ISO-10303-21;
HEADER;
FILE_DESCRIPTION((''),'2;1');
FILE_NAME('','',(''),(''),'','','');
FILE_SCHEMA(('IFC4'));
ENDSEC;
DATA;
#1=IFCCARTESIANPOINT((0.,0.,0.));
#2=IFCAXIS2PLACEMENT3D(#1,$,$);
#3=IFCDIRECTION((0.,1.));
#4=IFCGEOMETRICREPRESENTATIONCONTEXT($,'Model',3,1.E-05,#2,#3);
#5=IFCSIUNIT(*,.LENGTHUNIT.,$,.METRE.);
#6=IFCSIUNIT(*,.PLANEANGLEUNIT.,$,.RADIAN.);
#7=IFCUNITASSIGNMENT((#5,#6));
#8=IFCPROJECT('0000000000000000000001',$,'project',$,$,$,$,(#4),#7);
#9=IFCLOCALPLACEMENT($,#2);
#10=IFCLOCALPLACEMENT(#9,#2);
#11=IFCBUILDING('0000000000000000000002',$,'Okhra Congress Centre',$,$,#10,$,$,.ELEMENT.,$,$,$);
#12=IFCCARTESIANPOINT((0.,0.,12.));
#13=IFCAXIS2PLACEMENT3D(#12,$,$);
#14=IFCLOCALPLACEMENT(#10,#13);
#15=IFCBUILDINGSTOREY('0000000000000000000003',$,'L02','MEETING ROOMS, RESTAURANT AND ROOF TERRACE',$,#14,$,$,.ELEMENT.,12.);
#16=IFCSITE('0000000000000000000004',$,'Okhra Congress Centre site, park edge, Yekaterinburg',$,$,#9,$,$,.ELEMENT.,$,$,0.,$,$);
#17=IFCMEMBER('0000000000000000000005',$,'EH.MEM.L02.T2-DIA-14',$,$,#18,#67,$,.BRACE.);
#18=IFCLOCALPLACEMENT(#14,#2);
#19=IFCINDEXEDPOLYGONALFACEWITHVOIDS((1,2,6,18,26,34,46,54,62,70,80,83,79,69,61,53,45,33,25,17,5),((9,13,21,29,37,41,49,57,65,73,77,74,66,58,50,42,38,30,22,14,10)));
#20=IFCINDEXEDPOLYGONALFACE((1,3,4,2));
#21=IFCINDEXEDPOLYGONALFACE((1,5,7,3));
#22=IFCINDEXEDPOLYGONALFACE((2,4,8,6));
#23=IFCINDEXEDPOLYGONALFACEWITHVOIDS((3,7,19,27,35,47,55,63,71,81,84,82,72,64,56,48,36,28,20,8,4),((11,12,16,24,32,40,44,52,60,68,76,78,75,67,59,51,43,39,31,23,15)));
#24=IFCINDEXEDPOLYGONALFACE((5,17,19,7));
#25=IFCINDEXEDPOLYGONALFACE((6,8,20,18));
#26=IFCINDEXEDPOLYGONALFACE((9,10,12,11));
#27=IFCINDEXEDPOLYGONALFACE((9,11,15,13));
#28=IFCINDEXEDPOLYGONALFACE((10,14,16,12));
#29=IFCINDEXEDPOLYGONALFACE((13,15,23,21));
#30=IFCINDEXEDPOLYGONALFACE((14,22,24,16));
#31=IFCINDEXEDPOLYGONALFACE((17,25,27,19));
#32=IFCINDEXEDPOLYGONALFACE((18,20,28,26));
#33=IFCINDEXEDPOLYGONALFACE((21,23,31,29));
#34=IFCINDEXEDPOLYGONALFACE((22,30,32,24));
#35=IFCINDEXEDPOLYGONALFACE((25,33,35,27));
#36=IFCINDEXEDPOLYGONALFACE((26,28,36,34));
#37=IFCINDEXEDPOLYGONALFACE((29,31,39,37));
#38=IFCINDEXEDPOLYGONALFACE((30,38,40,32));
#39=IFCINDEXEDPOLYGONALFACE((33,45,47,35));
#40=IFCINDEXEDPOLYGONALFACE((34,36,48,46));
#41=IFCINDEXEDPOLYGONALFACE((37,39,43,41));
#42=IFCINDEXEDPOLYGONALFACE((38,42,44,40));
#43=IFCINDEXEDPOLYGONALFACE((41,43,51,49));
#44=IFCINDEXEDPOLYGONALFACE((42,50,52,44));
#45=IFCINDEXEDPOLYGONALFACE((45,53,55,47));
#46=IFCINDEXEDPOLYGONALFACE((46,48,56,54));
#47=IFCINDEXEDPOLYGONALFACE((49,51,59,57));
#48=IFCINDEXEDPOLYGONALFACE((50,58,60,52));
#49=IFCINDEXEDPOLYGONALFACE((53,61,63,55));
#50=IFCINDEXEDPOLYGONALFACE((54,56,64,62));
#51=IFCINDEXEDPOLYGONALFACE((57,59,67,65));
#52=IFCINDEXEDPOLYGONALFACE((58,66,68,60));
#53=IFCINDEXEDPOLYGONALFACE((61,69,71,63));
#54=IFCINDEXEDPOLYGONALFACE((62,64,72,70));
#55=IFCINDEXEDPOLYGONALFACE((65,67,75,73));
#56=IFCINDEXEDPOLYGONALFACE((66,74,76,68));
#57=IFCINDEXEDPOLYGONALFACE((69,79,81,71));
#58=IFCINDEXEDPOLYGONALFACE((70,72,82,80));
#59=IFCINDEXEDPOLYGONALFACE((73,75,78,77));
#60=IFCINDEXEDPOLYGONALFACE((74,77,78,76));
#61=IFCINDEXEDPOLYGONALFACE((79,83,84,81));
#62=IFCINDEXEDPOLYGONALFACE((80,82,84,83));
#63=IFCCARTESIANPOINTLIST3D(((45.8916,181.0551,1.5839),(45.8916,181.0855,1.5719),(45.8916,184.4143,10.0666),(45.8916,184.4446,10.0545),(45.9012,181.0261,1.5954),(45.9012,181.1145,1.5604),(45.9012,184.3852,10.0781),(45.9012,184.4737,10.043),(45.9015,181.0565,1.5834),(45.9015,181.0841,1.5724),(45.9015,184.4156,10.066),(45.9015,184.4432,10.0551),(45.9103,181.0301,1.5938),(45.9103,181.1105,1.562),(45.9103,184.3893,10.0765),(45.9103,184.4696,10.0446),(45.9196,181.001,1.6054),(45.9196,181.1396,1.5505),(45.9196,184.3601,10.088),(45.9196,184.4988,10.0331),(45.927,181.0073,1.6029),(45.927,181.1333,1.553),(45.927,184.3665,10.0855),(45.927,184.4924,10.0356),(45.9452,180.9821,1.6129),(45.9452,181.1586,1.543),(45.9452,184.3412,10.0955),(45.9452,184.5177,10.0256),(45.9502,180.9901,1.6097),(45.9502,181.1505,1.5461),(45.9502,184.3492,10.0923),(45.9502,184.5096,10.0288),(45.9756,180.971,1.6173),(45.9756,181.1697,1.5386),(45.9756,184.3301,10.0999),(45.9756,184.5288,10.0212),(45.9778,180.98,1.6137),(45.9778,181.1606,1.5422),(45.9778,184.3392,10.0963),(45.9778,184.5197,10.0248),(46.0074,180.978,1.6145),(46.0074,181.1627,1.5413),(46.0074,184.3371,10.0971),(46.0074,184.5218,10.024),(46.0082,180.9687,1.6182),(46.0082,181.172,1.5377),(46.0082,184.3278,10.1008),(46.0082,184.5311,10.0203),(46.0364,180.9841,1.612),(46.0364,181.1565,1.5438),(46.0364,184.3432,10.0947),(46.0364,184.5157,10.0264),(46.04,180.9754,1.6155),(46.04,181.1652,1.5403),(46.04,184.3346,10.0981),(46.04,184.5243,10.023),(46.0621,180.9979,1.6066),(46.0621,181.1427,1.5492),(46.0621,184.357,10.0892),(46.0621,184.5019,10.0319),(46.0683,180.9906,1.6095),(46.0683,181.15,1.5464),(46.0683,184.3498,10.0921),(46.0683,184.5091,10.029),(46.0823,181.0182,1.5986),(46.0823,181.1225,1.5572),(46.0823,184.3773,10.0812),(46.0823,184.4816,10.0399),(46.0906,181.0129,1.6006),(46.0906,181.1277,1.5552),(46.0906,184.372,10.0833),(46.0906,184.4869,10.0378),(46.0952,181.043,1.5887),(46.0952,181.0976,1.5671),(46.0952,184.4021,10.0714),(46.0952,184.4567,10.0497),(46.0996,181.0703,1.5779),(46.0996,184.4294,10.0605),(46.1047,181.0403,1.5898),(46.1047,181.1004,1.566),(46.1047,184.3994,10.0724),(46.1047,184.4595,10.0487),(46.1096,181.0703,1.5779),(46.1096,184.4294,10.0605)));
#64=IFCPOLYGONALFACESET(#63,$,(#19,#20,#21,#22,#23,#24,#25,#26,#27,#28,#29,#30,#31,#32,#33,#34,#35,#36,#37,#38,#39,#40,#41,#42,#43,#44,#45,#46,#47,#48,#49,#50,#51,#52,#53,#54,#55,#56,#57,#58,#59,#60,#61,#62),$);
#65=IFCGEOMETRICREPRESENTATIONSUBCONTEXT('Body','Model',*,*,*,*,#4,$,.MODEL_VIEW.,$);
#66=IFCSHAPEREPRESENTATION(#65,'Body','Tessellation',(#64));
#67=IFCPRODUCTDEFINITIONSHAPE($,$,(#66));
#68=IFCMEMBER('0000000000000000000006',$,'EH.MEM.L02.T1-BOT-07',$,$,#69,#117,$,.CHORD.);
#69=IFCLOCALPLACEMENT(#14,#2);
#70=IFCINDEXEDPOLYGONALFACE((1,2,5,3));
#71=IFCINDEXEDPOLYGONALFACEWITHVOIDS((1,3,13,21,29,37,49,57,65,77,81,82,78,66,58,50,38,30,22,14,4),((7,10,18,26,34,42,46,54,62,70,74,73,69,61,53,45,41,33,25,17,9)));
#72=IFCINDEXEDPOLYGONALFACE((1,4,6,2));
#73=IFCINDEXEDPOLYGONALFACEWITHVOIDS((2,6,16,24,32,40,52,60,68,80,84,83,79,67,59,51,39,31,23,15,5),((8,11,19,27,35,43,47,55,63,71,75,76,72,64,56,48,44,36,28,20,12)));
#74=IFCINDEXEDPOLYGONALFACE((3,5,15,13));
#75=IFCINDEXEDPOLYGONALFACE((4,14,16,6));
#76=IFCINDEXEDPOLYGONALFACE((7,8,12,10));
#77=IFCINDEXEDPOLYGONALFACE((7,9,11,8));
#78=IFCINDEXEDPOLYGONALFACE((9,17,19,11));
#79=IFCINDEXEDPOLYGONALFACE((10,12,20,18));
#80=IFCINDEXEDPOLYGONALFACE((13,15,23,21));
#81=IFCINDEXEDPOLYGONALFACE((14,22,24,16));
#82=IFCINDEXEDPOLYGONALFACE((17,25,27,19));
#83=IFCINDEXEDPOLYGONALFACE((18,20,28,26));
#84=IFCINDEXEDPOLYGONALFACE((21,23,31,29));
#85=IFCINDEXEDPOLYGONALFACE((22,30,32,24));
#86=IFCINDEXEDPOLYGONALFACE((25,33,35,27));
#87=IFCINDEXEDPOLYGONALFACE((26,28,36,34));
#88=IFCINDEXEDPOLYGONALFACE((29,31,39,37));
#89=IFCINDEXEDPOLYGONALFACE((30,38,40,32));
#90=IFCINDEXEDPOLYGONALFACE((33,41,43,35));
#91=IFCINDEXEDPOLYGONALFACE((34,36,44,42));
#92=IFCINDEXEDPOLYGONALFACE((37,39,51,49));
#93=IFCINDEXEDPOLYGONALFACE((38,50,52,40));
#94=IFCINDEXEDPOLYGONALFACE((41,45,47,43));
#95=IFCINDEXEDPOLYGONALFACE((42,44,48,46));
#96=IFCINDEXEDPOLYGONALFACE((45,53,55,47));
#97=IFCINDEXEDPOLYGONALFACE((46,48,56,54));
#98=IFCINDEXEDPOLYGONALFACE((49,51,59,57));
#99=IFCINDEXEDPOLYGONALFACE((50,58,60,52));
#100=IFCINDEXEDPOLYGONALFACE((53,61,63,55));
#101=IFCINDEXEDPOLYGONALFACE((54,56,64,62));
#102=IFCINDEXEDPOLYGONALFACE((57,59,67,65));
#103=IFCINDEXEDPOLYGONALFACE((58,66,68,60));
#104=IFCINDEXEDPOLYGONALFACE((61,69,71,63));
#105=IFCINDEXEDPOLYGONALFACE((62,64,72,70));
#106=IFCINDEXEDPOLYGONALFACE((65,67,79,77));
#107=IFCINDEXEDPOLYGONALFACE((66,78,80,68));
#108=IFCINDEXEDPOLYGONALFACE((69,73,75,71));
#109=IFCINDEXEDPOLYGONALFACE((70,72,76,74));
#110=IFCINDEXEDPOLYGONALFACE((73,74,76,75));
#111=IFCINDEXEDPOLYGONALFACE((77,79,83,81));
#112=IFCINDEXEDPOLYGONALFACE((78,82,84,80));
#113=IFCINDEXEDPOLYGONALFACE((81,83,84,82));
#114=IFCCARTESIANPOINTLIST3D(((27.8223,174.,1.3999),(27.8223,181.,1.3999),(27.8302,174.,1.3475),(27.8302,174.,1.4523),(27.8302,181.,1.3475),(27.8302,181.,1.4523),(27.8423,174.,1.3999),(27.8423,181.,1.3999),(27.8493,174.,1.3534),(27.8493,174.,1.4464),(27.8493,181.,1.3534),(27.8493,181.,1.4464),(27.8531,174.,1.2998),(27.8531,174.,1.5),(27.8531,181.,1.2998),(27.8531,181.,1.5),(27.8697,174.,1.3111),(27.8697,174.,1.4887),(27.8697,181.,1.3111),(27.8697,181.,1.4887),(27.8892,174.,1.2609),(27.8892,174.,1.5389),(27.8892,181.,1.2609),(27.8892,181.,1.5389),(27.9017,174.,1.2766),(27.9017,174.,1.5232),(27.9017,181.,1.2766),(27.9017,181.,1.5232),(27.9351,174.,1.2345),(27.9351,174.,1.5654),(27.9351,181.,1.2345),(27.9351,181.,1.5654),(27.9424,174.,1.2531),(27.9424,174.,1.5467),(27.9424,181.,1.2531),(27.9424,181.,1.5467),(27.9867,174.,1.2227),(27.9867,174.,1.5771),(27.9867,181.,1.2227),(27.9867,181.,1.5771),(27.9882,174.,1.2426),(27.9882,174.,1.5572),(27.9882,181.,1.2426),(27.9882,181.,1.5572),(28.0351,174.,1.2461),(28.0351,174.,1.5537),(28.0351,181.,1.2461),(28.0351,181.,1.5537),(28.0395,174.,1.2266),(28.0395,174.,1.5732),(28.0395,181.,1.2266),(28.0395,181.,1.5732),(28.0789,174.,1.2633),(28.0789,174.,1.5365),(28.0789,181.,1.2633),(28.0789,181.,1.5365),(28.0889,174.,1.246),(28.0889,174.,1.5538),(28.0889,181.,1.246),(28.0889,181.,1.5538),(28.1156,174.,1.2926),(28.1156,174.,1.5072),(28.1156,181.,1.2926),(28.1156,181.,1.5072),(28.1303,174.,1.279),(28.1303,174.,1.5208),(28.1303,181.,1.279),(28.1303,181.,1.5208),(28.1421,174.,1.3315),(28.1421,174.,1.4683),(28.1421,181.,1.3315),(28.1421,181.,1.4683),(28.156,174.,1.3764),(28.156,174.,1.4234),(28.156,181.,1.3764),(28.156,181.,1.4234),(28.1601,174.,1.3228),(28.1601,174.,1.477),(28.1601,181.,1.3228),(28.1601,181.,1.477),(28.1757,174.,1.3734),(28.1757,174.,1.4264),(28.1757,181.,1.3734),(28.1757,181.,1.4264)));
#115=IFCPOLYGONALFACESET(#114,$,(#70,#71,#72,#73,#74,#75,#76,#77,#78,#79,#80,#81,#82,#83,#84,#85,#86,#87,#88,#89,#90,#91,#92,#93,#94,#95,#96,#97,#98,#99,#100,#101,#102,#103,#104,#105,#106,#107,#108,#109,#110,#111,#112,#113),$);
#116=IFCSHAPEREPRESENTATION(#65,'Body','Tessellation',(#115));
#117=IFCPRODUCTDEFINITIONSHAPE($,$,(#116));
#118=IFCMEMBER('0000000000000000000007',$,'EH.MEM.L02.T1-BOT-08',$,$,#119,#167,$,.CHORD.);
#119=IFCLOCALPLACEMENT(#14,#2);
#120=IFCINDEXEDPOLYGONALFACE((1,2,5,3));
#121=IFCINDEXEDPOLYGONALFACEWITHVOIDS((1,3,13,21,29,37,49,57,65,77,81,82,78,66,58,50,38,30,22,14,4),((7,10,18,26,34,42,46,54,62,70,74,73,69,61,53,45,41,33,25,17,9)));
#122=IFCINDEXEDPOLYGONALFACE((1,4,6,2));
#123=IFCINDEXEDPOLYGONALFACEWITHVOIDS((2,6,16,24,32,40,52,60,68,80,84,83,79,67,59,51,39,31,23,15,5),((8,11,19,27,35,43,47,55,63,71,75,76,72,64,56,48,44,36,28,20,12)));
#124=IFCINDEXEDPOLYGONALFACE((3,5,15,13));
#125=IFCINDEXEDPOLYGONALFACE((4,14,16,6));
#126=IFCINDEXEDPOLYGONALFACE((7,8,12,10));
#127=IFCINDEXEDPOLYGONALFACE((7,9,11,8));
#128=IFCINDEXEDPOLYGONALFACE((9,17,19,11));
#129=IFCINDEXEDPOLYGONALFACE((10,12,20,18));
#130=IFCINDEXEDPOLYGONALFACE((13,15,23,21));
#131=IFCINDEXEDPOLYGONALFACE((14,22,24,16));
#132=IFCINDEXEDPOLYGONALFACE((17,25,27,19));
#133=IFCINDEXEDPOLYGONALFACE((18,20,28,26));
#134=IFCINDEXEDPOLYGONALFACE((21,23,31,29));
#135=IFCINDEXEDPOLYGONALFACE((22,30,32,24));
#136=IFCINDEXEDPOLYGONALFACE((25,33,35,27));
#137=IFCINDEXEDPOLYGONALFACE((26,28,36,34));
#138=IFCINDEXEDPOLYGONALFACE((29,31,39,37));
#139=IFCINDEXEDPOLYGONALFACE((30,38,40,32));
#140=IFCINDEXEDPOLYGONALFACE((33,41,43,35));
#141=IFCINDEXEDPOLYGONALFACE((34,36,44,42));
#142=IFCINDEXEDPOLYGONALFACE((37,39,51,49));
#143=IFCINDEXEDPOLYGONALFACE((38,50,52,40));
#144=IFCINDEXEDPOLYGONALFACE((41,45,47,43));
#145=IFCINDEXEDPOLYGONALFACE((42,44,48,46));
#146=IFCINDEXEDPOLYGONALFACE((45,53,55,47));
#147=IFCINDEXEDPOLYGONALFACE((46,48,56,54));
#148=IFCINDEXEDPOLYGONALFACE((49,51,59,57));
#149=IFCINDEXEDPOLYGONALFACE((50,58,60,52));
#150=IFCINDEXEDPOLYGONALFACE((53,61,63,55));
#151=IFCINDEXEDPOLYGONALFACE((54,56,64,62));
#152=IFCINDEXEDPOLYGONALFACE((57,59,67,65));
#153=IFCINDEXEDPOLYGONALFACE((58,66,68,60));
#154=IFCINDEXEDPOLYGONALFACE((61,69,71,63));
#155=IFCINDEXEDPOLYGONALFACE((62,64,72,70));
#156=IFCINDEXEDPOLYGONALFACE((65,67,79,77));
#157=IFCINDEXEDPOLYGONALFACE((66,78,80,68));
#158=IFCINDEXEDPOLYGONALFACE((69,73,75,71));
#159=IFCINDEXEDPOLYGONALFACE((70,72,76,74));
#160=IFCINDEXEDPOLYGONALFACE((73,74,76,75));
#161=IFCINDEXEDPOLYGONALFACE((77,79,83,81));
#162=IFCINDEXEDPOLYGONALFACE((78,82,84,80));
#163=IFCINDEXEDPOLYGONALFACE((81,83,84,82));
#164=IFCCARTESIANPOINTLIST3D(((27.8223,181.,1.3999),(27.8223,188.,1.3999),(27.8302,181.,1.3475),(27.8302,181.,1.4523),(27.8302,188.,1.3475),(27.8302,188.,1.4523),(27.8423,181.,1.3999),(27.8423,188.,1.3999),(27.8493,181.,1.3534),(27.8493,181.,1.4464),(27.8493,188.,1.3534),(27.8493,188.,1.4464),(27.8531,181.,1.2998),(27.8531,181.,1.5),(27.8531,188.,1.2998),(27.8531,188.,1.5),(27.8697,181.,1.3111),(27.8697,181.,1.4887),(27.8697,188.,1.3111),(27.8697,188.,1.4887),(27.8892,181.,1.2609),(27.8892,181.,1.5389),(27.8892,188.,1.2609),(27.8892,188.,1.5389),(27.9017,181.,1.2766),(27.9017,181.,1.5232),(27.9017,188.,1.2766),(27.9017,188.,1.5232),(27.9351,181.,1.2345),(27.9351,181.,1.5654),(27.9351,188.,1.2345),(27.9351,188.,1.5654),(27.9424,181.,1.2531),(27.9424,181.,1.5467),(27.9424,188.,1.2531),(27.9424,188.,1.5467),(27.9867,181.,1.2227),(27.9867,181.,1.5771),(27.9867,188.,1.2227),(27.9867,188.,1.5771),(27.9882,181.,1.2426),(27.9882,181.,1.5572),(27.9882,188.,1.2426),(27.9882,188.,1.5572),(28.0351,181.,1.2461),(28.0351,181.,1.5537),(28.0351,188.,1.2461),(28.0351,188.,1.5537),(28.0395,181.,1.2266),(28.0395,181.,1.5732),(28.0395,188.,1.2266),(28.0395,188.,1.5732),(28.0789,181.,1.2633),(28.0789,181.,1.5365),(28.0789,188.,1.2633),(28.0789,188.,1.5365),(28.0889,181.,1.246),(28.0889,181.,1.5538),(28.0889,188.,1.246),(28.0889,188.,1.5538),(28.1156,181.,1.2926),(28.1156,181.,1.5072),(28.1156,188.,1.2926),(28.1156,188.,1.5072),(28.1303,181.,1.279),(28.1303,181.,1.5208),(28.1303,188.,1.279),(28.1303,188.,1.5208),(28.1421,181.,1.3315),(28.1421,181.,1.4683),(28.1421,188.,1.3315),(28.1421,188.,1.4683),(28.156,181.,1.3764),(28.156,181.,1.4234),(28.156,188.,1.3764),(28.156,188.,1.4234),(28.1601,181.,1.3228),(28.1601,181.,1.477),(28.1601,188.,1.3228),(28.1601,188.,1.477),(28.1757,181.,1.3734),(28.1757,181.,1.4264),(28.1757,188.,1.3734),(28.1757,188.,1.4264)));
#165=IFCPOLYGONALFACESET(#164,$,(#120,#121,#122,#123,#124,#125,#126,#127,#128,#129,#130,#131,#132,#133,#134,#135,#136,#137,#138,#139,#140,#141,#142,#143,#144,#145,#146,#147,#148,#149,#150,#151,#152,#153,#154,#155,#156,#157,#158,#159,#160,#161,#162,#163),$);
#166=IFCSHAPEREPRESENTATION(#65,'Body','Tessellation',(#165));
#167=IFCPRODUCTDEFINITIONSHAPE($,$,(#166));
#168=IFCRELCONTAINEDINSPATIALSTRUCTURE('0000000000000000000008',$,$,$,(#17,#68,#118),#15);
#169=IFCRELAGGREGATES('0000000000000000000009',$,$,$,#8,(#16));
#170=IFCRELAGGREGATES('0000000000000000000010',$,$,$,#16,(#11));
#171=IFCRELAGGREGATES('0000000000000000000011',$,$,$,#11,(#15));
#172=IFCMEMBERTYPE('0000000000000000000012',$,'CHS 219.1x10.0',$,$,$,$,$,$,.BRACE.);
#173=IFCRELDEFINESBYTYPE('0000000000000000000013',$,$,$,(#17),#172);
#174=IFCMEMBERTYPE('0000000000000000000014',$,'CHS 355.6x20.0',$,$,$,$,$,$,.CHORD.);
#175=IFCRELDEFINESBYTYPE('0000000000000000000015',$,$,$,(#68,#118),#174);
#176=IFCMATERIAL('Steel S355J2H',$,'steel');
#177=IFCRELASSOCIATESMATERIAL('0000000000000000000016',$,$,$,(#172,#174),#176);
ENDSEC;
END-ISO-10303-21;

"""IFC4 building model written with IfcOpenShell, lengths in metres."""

from ifc_helpers import new_model, si_unit, direction, frame, origin, origin_2d, place, context, subcontext, project, spatial, hollow_circle, extrude, material, material_profile, profile_set, type_object, element, save


model = new_model("IFC4")

# Units and contexts
model_context = context("Model", 3, precision=1e-05, world=origin(), true_north=direction((0.0, 1.0)))
body_context = subcontext(model_context, "Body", "Model", "MODEL_VIEW")
ifc_project = project(units=[si_unit("LENGTHUNIT", "METRE"), si_unit("PLANEANGLEUNIT", "RADIAN")], contexts=[model_context])

# Site, building, storey
site_placement = place(None, origin())
site = spatial("IfcSite", under=ifc_project, at=site_placement, Name="Okhra Congress Centre site, park edge, Yekaterinburg", CompositionType="ELEMENT", RefElevation=0.0)
building_placement = place(site_placement, origin())
building = spatial("IfcBuilding", under=site, at=building_placement, Name="Okhra Congress Centre", CompositionType="ELEMENT")
storey_placement = place(building_placement, frame((0.0, 0.0, 12.0)))
storey = spatial("IfcBuildingStorey", under=building, at=storey_placement, Name="L02", Description="MEETING ROOMS, RESTAURANT AND ROOF TERRACE", CompositionType="ELEMENT", Elevation=12.0)

# Members
ifc_material_1 = material(Name="Steel S355J2H", Category="steel")
ifc_material_profile_1 = material_profile(ifc_material_1, hollow_circle(Radius=0.1096, WallThickness=0.01, at=origin_2d()), Name="CHS 219.1x10.0")
ifc_profile_set_1 = profile_set([ifc_material_profile_1], Name="Steel S355J2H")
member_type_1 = type_object("IfcMemberType", Name="CHS 219.1x10.0", PredefinedType="BRACE", material=ifc_profile_set_1)
member_1_placement = place(storey_placement, frame((46.0, 184.4294, 10.0605), z_axis=(0.0, -0.368182, -0.929754), x_axis=(1.0, 0.0, 0.0)))
element("IfcMember", 1, at=member_1_placement, inside=storey, type_object=member_type_1, Name="EH.MEM.L02.T2-DIA-14", PredefinedType="BRACE", context=body_context, shape_type="SweptSolid", body=[
    extrude(hollow_circle(Radius=0.1096, WallThickness=0.01, at=origin_2d()), origin(), (0.0, 0.0, 1.0), 9.1235),
])
ifc_material_profile_2 = material_profile(ifc_material_1, hollow_circle(Radius=0.1777, WallThickness=0.02, at=origin_2d()), Name="CHS 355.6x20.0")
ifc_profile_set_2 = profile_set([ifc_material_profile_2], Name="Steel S355J2H")
member_type_2 = type_object("IfcMemberType", Name="CHS 355.6x20.0", PredefinedType="CHORD", material=ifc_profile_set_2)
for number, where, z_axis, x_axis, name in (
    (2, (28.0, 174.0, 1.3999), (0.0, 1.0, 0.0), (-1.0, 0.0, 0.0), "EH.MEM.L02.T1-BOT-07"),
    (3, (28.0, 181.0, 1.3999), (0.0, 1.0, 0.0), (-1.0, 0.0, 0.0), "EH.MEM.L02.T1-BOT-08"),
):
    element("IfcMember", number, at=place(storey_placement, frame(where, z_axis=z_axis, x_axis=x_axis)), inside=storey, type_object=member_type_2, Name=name, PredefinedType="CHORD", context=body_context, shape_type="SweptSolid", body=[
        extrude(hollow_circle(Radius=0.1777, WallThickness=0.02, at=origin_2d()), origin(), (0.0, 0.0, 1.0), 7.0),
    ])

save(model, "model.ifc")
